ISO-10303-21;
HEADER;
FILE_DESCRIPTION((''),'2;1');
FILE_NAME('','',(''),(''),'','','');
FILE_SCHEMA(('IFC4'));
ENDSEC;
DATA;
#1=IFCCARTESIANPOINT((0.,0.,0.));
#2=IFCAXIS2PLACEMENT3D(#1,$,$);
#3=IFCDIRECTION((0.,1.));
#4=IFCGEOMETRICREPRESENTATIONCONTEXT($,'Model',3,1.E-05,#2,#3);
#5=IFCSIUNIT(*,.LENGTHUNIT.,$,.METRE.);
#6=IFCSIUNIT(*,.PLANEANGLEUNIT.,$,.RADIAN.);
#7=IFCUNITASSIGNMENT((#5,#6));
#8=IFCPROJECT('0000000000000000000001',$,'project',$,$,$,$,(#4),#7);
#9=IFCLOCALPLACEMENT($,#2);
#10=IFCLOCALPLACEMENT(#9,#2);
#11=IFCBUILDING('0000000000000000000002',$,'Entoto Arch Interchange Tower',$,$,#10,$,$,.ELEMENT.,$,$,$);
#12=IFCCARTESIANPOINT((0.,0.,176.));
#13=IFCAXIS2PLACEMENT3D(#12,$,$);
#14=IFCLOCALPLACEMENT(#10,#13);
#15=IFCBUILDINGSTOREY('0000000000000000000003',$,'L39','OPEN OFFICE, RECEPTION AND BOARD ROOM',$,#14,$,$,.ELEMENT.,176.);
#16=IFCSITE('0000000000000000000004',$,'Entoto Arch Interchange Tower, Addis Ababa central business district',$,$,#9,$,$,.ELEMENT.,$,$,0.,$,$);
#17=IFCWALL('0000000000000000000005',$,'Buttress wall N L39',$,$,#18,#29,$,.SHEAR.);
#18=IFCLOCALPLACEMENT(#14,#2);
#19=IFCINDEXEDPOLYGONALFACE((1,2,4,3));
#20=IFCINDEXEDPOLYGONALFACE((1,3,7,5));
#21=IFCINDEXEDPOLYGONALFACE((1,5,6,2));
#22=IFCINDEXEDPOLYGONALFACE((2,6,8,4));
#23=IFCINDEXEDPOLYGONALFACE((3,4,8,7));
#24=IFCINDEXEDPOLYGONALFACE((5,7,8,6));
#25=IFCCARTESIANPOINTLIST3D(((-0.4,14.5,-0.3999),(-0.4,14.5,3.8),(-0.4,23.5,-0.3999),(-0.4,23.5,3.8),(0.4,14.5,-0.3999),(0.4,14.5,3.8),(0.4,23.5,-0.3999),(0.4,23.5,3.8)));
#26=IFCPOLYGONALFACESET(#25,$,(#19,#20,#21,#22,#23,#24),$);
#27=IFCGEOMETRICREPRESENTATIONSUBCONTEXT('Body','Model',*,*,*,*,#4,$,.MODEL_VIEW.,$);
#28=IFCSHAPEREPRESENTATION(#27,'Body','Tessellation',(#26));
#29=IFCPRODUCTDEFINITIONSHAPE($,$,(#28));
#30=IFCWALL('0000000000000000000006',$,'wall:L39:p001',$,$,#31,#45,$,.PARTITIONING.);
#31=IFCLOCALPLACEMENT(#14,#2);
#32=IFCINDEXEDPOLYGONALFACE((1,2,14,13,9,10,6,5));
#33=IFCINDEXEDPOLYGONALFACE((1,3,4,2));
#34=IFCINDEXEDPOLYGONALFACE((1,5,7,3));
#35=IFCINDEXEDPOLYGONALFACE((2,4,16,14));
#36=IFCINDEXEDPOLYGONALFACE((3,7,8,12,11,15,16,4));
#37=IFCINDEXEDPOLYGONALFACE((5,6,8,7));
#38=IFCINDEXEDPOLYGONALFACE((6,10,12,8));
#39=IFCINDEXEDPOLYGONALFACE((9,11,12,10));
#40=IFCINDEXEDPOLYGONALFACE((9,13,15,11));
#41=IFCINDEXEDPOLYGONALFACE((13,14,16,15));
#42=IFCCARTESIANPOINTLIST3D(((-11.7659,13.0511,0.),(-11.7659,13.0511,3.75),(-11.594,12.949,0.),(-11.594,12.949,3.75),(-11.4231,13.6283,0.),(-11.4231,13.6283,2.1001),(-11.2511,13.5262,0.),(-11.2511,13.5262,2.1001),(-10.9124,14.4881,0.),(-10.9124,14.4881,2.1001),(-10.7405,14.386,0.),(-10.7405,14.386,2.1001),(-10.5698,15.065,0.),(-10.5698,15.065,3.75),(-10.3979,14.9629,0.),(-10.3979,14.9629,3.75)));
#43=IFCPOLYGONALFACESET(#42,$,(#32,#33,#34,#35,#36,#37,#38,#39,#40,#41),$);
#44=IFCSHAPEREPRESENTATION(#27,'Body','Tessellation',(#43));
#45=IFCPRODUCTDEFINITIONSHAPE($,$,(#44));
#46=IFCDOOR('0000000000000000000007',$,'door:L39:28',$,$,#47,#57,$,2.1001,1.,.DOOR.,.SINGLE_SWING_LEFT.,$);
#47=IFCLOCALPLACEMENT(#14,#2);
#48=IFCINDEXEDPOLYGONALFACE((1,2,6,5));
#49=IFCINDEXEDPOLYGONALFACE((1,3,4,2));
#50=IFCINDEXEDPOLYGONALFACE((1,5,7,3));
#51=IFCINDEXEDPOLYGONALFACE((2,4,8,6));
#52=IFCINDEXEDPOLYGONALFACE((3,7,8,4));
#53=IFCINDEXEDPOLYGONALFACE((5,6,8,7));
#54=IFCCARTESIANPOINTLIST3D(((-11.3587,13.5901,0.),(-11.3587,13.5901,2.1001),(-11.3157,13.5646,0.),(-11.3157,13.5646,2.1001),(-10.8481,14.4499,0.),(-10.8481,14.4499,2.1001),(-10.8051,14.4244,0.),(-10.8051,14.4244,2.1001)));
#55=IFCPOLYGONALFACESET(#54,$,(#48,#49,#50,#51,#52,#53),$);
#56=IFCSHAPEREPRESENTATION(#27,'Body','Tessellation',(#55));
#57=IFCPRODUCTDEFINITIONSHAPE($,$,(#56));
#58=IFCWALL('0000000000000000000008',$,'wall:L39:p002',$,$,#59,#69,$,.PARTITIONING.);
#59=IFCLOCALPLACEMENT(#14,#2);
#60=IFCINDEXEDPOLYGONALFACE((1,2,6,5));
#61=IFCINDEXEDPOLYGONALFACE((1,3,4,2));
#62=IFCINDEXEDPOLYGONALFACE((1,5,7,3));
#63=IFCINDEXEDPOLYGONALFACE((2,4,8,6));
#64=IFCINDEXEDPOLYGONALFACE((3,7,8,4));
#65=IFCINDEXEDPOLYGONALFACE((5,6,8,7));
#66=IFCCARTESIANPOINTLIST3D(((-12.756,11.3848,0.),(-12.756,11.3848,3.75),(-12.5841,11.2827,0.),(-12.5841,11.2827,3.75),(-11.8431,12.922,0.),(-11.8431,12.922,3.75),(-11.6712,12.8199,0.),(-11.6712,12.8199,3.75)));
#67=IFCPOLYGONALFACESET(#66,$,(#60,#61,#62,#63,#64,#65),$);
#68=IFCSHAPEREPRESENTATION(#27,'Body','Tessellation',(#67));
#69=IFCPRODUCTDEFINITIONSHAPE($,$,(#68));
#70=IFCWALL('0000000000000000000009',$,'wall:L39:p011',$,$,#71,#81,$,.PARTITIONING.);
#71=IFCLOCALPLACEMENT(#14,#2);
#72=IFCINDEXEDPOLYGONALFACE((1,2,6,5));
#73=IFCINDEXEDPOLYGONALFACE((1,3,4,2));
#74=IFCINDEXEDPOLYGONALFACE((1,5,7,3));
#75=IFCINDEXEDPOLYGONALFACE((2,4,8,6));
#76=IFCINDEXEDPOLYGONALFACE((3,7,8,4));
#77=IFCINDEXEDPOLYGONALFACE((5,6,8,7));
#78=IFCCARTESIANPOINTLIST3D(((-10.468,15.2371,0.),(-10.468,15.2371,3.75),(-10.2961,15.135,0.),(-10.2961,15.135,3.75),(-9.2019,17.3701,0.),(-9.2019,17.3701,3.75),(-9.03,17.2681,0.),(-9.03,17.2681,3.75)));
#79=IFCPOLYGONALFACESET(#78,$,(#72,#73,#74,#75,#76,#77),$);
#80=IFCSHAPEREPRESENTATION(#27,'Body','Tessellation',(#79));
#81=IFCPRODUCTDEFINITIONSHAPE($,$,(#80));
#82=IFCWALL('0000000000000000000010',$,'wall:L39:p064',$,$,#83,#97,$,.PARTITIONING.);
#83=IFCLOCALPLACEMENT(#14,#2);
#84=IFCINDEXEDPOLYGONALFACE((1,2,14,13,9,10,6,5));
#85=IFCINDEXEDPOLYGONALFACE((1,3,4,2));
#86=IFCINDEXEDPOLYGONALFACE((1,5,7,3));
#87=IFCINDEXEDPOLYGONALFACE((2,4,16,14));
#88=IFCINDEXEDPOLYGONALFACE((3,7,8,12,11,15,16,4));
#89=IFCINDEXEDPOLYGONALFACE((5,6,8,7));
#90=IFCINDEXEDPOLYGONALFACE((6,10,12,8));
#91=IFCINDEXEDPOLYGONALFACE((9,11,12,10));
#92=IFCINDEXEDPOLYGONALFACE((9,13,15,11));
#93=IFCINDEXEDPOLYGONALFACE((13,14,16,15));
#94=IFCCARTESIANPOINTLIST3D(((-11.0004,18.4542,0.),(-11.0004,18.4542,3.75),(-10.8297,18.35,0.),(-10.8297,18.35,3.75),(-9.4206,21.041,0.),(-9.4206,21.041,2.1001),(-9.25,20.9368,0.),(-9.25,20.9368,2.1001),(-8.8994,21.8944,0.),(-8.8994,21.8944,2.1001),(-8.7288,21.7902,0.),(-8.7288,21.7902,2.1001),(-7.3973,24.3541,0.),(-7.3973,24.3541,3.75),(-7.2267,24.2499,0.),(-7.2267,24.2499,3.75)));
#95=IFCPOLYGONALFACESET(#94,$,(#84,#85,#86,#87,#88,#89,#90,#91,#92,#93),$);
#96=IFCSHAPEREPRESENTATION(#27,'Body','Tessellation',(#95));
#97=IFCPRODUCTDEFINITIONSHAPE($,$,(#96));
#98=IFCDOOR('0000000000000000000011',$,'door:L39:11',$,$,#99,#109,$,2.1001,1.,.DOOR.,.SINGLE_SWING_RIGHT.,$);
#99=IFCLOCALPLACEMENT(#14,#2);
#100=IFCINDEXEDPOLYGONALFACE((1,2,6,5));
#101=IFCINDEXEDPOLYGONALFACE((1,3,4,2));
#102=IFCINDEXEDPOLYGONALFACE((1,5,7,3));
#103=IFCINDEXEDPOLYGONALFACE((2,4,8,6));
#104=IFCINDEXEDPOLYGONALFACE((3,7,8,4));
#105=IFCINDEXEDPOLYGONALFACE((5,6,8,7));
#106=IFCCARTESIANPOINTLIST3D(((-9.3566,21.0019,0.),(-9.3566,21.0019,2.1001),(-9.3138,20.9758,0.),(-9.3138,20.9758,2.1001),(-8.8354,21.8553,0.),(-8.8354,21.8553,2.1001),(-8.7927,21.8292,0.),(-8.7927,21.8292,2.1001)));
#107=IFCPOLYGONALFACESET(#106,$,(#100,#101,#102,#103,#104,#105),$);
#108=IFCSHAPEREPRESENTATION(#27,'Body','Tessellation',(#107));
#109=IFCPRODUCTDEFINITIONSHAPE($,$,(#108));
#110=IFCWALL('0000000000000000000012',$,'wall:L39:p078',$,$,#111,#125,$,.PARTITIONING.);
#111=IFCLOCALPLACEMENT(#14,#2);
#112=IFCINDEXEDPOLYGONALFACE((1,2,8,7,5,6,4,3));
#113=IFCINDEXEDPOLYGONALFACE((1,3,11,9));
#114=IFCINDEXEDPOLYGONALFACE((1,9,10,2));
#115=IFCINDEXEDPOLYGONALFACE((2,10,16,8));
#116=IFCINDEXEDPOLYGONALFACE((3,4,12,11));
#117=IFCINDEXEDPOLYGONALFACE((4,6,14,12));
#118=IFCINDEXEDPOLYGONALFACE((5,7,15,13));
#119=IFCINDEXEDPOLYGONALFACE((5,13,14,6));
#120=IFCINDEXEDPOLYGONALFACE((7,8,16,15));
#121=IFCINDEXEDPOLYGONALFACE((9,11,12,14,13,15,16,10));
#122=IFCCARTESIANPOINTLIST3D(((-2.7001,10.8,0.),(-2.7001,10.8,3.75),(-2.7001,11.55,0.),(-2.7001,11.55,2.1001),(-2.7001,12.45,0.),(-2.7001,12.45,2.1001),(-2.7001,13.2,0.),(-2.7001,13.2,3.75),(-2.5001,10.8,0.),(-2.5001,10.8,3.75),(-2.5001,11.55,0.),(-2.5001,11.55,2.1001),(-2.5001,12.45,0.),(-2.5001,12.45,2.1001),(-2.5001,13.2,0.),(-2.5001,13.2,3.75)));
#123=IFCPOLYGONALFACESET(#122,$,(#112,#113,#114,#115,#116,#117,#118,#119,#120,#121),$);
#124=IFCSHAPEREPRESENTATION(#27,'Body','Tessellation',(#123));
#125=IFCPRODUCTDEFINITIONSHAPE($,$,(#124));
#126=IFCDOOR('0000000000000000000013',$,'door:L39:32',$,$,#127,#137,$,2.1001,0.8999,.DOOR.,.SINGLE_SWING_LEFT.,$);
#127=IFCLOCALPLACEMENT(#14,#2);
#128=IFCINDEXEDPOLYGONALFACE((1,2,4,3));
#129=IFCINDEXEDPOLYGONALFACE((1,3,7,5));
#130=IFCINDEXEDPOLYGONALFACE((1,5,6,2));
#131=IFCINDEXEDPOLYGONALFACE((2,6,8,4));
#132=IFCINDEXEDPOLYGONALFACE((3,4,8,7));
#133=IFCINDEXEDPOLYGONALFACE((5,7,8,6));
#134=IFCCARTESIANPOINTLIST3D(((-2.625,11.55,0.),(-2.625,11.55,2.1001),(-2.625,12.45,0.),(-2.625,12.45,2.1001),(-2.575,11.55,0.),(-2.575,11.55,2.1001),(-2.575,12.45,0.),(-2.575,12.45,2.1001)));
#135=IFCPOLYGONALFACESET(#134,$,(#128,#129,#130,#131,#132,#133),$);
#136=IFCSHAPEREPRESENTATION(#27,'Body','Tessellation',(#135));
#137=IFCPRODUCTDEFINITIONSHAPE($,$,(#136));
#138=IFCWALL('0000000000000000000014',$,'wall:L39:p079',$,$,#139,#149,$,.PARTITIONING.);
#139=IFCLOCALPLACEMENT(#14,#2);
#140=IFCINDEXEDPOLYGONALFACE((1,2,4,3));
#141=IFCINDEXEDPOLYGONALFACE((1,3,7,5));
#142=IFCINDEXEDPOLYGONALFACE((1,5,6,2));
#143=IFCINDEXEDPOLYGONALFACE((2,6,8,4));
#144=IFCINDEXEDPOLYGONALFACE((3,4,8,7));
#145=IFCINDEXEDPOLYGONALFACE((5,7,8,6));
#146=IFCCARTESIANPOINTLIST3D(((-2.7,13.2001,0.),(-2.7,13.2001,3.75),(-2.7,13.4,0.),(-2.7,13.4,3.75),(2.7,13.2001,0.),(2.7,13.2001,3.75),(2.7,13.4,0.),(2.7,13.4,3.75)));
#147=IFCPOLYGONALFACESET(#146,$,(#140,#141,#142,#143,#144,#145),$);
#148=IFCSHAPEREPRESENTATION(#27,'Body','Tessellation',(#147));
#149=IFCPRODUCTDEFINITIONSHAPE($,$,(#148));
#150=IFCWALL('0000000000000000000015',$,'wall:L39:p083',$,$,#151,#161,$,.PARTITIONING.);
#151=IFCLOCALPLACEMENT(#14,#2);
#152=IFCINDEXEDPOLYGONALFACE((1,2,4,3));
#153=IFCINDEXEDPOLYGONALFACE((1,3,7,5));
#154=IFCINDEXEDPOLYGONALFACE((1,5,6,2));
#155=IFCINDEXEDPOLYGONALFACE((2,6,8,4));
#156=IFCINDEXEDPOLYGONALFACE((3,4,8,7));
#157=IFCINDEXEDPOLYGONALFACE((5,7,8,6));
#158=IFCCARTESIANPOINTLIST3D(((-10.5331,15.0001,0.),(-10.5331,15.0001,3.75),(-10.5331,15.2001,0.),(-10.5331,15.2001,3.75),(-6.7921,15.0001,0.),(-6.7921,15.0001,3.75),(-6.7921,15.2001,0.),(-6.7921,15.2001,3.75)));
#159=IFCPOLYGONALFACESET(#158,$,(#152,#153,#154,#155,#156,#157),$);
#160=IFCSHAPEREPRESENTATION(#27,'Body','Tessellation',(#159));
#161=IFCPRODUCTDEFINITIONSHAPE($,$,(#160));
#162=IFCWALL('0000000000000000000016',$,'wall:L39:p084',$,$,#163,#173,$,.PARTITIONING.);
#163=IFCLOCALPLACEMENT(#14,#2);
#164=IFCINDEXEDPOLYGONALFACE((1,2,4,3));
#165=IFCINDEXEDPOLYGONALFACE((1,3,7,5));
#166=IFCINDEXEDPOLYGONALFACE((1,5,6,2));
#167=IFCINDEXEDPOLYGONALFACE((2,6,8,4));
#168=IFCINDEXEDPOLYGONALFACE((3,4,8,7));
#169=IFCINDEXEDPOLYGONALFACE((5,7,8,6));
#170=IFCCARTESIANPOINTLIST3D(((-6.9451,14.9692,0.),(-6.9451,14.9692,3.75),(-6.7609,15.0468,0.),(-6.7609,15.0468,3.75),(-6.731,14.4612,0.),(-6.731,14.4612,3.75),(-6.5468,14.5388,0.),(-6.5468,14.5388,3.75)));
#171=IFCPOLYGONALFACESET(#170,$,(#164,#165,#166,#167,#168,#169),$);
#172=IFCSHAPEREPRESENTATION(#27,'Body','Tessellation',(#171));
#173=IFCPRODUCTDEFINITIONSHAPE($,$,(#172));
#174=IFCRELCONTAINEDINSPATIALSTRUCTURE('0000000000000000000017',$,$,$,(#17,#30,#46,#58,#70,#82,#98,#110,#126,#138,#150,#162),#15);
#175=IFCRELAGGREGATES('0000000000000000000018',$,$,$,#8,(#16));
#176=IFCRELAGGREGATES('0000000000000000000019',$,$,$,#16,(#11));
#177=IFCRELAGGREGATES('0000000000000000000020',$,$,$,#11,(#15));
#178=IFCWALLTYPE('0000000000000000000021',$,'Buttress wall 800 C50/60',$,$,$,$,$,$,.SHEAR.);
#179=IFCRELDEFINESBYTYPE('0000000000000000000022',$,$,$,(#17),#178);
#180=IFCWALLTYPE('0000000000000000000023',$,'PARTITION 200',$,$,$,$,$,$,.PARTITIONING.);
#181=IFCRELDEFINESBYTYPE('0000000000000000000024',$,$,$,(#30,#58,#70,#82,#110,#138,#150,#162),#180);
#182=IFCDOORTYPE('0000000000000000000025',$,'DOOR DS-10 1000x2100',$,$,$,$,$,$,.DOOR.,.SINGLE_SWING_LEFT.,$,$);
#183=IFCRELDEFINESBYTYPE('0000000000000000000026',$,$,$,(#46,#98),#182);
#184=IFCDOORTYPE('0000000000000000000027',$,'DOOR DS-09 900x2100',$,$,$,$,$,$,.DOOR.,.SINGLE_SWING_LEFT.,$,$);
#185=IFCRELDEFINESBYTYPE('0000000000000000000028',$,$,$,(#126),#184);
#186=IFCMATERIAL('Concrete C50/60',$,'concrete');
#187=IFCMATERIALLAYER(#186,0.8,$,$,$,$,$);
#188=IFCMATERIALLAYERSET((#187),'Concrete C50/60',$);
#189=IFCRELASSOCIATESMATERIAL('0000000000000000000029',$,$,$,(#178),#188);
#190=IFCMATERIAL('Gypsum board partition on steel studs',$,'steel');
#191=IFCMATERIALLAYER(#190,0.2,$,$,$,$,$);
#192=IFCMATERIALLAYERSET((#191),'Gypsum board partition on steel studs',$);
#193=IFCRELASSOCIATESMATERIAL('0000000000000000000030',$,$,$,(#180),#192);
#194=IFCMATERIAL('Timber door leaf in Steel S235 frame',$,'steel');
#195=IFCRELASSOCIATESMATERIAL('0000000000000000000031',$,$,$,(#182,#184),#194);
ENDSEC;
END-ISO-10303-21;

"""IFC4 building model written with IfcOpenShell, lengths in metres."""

from ifc_helpers import new_model, si_unit, direction, frame, frame_2d, origin, place, context, subcontext, project, spatial, rectangle, extrude, material, layer, layer_set, type_object, element, fill, save


model = new_model("IFC4")

# Units and contexts
model_context = context("Model", 3, precision=1e-05, world=origin(), true_north=direction((0.0, 1.0)))
body_context = subcontext(model_context, "Body", "Model", "MODEL_VIEW")
ifc_project = project(units=[si_unit("LENGTHUNIT", "METRE"), si_unit("PLANEANGLEUNIT", "RADIAN")], contexts=[model_context])

# Site, building, storey
site_placement = place(None, origin())
site = spatial("IfcSite", under=ifc_project, at=site_placement, Name="Entoto Arch Interchange Tower, Addis Ababa central business district", CompositionType="ELEMENT", RefElevation=0.0)
building_placement = place(site_placement, origin())
building = spatial("IfcBuilding", under=site, at=building_placement, Name="Entoto Arch Interchange Tower", CompositionType="ELEMENT")
storey_placement = place(building_placement, frame((0.0, 0.0, 176.0)))
storey = spatial("IfcBuildingStorey", under=building, at=storey_placement, Name="L39", Description="OPEN OFFICE, RECEPTION AND BOARD ROOM", CompositionType="ELEMENT", Elevation=176.0)

# Wall
ifc_material_1 = material(Name="Concrete C50/60", Category="concrete")
ifc_layer_1 = layer(ifc_material_1, 0.8)
ifc_layer_set_1 = layer_set([ifc_layer_1], Name="Concrete C50/60")
wall_type_1 = type_object("IfcWallType", Name="Buttress wall 800 C50/60", PredefinedType="SHEAR", material=ifc_layer_set_1)
wall_1_placement = place(storey_placement, frame((0.0, 14.5, -0.3999), z_axis=(0.0, 0.0, 1.0), x_axis=(0.0, 1.0, 0.0)))
element("IfcWall", 1, at=wall_1_placement, inside=storey, type_object=wall_type_1, Name="Buttress wall N L39", PredefinedType="SHEAR", context=body_context, shape_type="SweptSolid", body=[
    extrude(rectangle(XDim=9.0, YDim=0.8, at=frame_2d((4.5, 0.0))), origin(), (0.0, 0.0, 1.0), 4.2),
])

# Wall, opening, door
ifc_material_2 = material(Name="Gypsum board partition on steel studs", Category="steel")
ifc_layer_2 = layer(ifc_material_2, 0.2)
ifc_layer_set_2 = layer_set([ifc_layer_2], Name="Gypsum board partition on steel studs")
wall_type_2 = type_object("IfcWallType", Name="PARTITION 200", PredefinedType="PARTITIONING", material=ifc_layer_set_2)
wall_2_placement = place(storey_placement, frame((-10.4839, 15.0139, 0.0), z_axis=(0.0, 0.0, 1.0), x_axis=(-0.510628, -0.859802, 0.0)))
wall_2 = element("IfcWall", 2, at=wall_2_placement, inside=storey, type_object=wall_type_2, Name="wall:L39:p001", PredefinedType="PARTITIONING", context=body_context, shape_type="SweptSolid", body=[
    extrude(rectangle(XDim=2.3423, YDim=0.2, at=frame_2d((1.1711, 0.0))), origin(), (0.0, 0.0, 1.0), 3.75),
])
opening_1_placement = place(wall_2_placement, frame((0.6709, 0.0, 0.0)))
opening_1 = element("IfcOpeningElement", 3, at=opening_1_placement, cuts=wall_2, PredefinedType="OPENING", context=body_context, shape_type="SweptSolid", body=[
    extrude(rectangle(XDim=1.0, YDim=2.1001, at=frame_2d((0.5, 1.05))), frame((0.0, 0.1099, 0.0), z_axis=(0.0, -1.0, 0.0), x_axis=(1.0, 0.0, 0.0)), (0.0, 0.0, 1.0), 0.22),
])
ifc_material_3 = material(Name="Timber door leaf in Steel S235 frame", Category="steel")
door_type_1 = type_object("IfcDoorType", Name="DOOR DS-10 1000x2100", OperationType="SINGLE_SWING_LEFT", PredefinedType="DOOR", material=ifc_material_3)
door_1_placement = place(opening_1_placement, origin())
door_1 = element("IfcDoor", 4, at=door_1_placement, inside=storey, type_object=door_type_1, Name="door:L39:28", OperationType="SINGLE_SWING_LEFT", OverallHeight=2.1001, OverallWidth=1.0, PredefinedType="DOOR", context=body_context, shape_type="SweptSolid", body=[
    extrude(rectangle(XDim=1.0, YDim=2.1001, at=frame_2d((0.5, 1.05))), frame((0.0, 0.0249, 0.0), z_axis=(0.0, -1.0, 0.0), x_axis=(1.0, 0.0, 0.0)), (0.0, 0.0, 1.0), 0.05),
])
fill(opening_1, door_1)

# Walls
wall_3_placement = place(storey_placement, frame((-11.7571, 12.8711, 0.0), z_axis=(0.0, 0.0, 1.0), x_axis=(-0.510614, -0.85981, 0.0)))
element("IfcWall", 5, at=wall_3_placement, inside=storey, type_object=wall_type_2, Name="wall:L39:p002", PredefinedType="PARTITIONING", context=body_context, shape_type="SweptSolid", body=[
    extrude(rectangle(XDim=1.7878, YDim=0.2, at=frame_2d((0.894, 0.0))), origin(), (0.0, 0.0, 1.0), 3.75),
])
wall_4_placement = place(storey_placement, frame((-9.116, 17.3191, 0.0), z_axis=(0.0, 0.0, 1.0), x_axis=(-0.510423, -0.859924, 0.0)))
element("IfcWall", 6, at=wall_4_placement, inside=storey, type_object=wall_type_2, Name="wall:L39:p011", PredefinedType="PARTITIONING", context=body_context, shape_type="SweptSolid", body=[
    extrude(rectangle(XDim=2.4805, YDim=0.2, at=frame_2d((1.2402, 0.0))), origin(), (0.0, 0.0, 1.0), 3.75),
])

# Walls, openings, doors
wall_5_placement = place(storey_placement, frame((-10.915, 18.4021, 0.0), z_axis=(0.0, 0.0, 1.0), x_axis=(0.52119, 0.853441, 0.0)))
wall_5 = element("IfcWall", 7, at=wall_5_placement, inside=storey, type_object=wall_type_2, Name="wall:L39:p064", PredefinedType="PARTITIONING", context=body_context, shape_type="SweptSolid", body=[
    extrude(rectangle(XDim=6.9131, YDim=0.2, at=frame_2d((3.4565, 0.0))), origin(), (0.0, 0.0, 1.0), 3.75),
])
opening_2_placement = place(wall_5_placement, frame((3.031, 0.0, 0.0)))
opening_2 = element("IfcOpeningElement", 8, at=opening_2_placement, cuts=wall_5, PredefinedType="OPENING", context=body_context, shape_type="SweptSolid", body=[
    extrude(rectangle(XDim=1.0, YDim=2.1001, at=frame_2d((0.5, 1.05))), frame((0.0, 0.1099, 0.0), z_axis=(0.0, -1.0, 0.0), x_axis=(1.0, 0.0, 0.0)), (0.0, 0.0, 1.0), 0.22),
])
door_2_placement = place(opening_2_placement, origin())
door_2 = element("IfcDoor", 9, at=door_2_placement, inside=storey, type_object=door_type_1, Name="door:L39:11", OperationType="SINGLE_SWING_RIGHT", OverallHeight=2.1001, OverallWidth=1.0, PredefinedType="DOOR", context=body_context, shape_type="SweptSolid", body=[
    extrude(rectangle(XDim=1.0, YDim=2.1001, at=frame_2d((0.5, 1.05))), frame((0.0, 0.0249, 0.0), z_axis=(0.0, -1.0, 0.0), x_axis=(1.0, 0.0, 0.0)), (0.0, 0.0, 1.0), 0.05),
])
fill(opening_2, door_2)
wall_6_placement = place(storey_placement, frame((-2.6001, 10.8, 0.0), z_axis=(0.0, 0.0, 1.0), x_axis=(0.0, 1.0, 0.0)))
wall_6 = element("IfcWall", 10, at=wall_6_placement, inside=storey, type_object=wall_type_2, Name="wall:L39:p078", PredefinedType="PARTITIONING", context=body_context, shape_type="SweptSolid", body=[
    extrude(rectangle(XDim=2.3999, YDim=0.2, at=frame_2d((1.2, 0.0))), origin(), (0.0, 0.0, 1.0), 3.75),
])
opening_3_placement = place(wall_6_placement, frame((0.75, 0.0, 0.0)))
opening_3 = element("IfcOpeningElement", 11, at=opening_3_placement, cuts=wall_6, PredefinedType="OPENING", context=body_context, shape_type="SweptSolid", body=[
    extrude(rectangle(XDim=0.8999, YDim=2.1001, at=frame_2d((0.45, 1.05))), frame((0.0, 0.1099, 0.0), z_axis=(0.0, -1.0, 0.0), x_axis=(1.0, 0.0, 0.0)), (0.0, 0.0, 1.0), 0.22),
])
door_type_2 = type_object("IfcDoorType", Name="DOOR DS-09 900x2100", OperationType="SINGLE_SWING_LEFT", PredefinedType="DOOR", material=ifc_material_3)
door_3_placement = place(opening_3_placement, origin())
door_3 = element("IfcDoor", 12, at=door_3_placement, inside=storey, type_object=door_type_2, Name="door:L39:32", OperationType="SINGLE_SWING_LEFT", OverallHeight=2.1001, OverallWidth=0.8999, PredefinedType="DOOR", context=body_context, shape_type="SweptSolid", body=[
    extrude(rectangle(XDim=0.8999, YDim=2.1001, at=frame_2d((0.45, 1.05))), frame((0.0, 0.0249, 0.0), z_axis=(0.0, -1.0, 0.0), x_axis=(1.0, 0.0, 0.0)), (0.0, 0.0, 1.0), 0.05),
])
fill(opening_3, door_3)

# Walls
wall_7_placement = place(storey_placement, frame((-2.7, 13.3, 0.0), z_axis=(0.0, 0.0, 1.0), x_axis=(1.0, 0.0, 0.0)))
element("IfcWall", 13, at=wall_7_placement, inside=storey, type_object=wall_type_2, Name="wall:L39:p079", PredefinedType="PARTITIONING", context=body_context, shape_type="SweptSolid", body=[
    extrude(rectangle(XDim=5.3999, YDim=0.2, at=frame_2d((2.7, 0.0))), origin(), (0.0, 0.0, 1.0), 3.75),
])
wall_8_placement = place(storey_placement, frame((-6.792, 15.1001, 0.0), z_axis=(0.0, 0.0, 1.0), x_axis=(-1.0, 0.0, 0.0)))
element("IfcWall", 14, at=wall_8_placement, inside=storey, type_object=wall_type_2, Name="wall:L39:p083", PredefinedType="PARTITIONING", context=body_context, shape_type="SweptSolid", body=[
    extrude(rectangle(XDim=3.741, YDim=0.2, at=frame_2d((1.8706, 0.0))), origin(), (0.0, 0.0, 1.0), 3.75),
])
wall_9_placement = place(storey_placement, frame((-6.6389, 14.5, 0.0), z_axis=(0.0, 0.0, 1.0), x_axis=(-0.388354, 0.92151, 0.0)))
element("IfcWall", 15, at=wall_9_placement, inside=storey, type_object=wall_type_2, Name="wall:L39:p084", PredefinedType="PARTITIONING", context=body_context, shape_type="SweptSolid", body=[
    extrude(rectangle(XDim=0.5513, YDim=0.2, at=frame_2d((0.2756, 0.0))), origin(), (0.0, 0.0, 1.0), 3.75),
])

save(model, "model.ifc")
